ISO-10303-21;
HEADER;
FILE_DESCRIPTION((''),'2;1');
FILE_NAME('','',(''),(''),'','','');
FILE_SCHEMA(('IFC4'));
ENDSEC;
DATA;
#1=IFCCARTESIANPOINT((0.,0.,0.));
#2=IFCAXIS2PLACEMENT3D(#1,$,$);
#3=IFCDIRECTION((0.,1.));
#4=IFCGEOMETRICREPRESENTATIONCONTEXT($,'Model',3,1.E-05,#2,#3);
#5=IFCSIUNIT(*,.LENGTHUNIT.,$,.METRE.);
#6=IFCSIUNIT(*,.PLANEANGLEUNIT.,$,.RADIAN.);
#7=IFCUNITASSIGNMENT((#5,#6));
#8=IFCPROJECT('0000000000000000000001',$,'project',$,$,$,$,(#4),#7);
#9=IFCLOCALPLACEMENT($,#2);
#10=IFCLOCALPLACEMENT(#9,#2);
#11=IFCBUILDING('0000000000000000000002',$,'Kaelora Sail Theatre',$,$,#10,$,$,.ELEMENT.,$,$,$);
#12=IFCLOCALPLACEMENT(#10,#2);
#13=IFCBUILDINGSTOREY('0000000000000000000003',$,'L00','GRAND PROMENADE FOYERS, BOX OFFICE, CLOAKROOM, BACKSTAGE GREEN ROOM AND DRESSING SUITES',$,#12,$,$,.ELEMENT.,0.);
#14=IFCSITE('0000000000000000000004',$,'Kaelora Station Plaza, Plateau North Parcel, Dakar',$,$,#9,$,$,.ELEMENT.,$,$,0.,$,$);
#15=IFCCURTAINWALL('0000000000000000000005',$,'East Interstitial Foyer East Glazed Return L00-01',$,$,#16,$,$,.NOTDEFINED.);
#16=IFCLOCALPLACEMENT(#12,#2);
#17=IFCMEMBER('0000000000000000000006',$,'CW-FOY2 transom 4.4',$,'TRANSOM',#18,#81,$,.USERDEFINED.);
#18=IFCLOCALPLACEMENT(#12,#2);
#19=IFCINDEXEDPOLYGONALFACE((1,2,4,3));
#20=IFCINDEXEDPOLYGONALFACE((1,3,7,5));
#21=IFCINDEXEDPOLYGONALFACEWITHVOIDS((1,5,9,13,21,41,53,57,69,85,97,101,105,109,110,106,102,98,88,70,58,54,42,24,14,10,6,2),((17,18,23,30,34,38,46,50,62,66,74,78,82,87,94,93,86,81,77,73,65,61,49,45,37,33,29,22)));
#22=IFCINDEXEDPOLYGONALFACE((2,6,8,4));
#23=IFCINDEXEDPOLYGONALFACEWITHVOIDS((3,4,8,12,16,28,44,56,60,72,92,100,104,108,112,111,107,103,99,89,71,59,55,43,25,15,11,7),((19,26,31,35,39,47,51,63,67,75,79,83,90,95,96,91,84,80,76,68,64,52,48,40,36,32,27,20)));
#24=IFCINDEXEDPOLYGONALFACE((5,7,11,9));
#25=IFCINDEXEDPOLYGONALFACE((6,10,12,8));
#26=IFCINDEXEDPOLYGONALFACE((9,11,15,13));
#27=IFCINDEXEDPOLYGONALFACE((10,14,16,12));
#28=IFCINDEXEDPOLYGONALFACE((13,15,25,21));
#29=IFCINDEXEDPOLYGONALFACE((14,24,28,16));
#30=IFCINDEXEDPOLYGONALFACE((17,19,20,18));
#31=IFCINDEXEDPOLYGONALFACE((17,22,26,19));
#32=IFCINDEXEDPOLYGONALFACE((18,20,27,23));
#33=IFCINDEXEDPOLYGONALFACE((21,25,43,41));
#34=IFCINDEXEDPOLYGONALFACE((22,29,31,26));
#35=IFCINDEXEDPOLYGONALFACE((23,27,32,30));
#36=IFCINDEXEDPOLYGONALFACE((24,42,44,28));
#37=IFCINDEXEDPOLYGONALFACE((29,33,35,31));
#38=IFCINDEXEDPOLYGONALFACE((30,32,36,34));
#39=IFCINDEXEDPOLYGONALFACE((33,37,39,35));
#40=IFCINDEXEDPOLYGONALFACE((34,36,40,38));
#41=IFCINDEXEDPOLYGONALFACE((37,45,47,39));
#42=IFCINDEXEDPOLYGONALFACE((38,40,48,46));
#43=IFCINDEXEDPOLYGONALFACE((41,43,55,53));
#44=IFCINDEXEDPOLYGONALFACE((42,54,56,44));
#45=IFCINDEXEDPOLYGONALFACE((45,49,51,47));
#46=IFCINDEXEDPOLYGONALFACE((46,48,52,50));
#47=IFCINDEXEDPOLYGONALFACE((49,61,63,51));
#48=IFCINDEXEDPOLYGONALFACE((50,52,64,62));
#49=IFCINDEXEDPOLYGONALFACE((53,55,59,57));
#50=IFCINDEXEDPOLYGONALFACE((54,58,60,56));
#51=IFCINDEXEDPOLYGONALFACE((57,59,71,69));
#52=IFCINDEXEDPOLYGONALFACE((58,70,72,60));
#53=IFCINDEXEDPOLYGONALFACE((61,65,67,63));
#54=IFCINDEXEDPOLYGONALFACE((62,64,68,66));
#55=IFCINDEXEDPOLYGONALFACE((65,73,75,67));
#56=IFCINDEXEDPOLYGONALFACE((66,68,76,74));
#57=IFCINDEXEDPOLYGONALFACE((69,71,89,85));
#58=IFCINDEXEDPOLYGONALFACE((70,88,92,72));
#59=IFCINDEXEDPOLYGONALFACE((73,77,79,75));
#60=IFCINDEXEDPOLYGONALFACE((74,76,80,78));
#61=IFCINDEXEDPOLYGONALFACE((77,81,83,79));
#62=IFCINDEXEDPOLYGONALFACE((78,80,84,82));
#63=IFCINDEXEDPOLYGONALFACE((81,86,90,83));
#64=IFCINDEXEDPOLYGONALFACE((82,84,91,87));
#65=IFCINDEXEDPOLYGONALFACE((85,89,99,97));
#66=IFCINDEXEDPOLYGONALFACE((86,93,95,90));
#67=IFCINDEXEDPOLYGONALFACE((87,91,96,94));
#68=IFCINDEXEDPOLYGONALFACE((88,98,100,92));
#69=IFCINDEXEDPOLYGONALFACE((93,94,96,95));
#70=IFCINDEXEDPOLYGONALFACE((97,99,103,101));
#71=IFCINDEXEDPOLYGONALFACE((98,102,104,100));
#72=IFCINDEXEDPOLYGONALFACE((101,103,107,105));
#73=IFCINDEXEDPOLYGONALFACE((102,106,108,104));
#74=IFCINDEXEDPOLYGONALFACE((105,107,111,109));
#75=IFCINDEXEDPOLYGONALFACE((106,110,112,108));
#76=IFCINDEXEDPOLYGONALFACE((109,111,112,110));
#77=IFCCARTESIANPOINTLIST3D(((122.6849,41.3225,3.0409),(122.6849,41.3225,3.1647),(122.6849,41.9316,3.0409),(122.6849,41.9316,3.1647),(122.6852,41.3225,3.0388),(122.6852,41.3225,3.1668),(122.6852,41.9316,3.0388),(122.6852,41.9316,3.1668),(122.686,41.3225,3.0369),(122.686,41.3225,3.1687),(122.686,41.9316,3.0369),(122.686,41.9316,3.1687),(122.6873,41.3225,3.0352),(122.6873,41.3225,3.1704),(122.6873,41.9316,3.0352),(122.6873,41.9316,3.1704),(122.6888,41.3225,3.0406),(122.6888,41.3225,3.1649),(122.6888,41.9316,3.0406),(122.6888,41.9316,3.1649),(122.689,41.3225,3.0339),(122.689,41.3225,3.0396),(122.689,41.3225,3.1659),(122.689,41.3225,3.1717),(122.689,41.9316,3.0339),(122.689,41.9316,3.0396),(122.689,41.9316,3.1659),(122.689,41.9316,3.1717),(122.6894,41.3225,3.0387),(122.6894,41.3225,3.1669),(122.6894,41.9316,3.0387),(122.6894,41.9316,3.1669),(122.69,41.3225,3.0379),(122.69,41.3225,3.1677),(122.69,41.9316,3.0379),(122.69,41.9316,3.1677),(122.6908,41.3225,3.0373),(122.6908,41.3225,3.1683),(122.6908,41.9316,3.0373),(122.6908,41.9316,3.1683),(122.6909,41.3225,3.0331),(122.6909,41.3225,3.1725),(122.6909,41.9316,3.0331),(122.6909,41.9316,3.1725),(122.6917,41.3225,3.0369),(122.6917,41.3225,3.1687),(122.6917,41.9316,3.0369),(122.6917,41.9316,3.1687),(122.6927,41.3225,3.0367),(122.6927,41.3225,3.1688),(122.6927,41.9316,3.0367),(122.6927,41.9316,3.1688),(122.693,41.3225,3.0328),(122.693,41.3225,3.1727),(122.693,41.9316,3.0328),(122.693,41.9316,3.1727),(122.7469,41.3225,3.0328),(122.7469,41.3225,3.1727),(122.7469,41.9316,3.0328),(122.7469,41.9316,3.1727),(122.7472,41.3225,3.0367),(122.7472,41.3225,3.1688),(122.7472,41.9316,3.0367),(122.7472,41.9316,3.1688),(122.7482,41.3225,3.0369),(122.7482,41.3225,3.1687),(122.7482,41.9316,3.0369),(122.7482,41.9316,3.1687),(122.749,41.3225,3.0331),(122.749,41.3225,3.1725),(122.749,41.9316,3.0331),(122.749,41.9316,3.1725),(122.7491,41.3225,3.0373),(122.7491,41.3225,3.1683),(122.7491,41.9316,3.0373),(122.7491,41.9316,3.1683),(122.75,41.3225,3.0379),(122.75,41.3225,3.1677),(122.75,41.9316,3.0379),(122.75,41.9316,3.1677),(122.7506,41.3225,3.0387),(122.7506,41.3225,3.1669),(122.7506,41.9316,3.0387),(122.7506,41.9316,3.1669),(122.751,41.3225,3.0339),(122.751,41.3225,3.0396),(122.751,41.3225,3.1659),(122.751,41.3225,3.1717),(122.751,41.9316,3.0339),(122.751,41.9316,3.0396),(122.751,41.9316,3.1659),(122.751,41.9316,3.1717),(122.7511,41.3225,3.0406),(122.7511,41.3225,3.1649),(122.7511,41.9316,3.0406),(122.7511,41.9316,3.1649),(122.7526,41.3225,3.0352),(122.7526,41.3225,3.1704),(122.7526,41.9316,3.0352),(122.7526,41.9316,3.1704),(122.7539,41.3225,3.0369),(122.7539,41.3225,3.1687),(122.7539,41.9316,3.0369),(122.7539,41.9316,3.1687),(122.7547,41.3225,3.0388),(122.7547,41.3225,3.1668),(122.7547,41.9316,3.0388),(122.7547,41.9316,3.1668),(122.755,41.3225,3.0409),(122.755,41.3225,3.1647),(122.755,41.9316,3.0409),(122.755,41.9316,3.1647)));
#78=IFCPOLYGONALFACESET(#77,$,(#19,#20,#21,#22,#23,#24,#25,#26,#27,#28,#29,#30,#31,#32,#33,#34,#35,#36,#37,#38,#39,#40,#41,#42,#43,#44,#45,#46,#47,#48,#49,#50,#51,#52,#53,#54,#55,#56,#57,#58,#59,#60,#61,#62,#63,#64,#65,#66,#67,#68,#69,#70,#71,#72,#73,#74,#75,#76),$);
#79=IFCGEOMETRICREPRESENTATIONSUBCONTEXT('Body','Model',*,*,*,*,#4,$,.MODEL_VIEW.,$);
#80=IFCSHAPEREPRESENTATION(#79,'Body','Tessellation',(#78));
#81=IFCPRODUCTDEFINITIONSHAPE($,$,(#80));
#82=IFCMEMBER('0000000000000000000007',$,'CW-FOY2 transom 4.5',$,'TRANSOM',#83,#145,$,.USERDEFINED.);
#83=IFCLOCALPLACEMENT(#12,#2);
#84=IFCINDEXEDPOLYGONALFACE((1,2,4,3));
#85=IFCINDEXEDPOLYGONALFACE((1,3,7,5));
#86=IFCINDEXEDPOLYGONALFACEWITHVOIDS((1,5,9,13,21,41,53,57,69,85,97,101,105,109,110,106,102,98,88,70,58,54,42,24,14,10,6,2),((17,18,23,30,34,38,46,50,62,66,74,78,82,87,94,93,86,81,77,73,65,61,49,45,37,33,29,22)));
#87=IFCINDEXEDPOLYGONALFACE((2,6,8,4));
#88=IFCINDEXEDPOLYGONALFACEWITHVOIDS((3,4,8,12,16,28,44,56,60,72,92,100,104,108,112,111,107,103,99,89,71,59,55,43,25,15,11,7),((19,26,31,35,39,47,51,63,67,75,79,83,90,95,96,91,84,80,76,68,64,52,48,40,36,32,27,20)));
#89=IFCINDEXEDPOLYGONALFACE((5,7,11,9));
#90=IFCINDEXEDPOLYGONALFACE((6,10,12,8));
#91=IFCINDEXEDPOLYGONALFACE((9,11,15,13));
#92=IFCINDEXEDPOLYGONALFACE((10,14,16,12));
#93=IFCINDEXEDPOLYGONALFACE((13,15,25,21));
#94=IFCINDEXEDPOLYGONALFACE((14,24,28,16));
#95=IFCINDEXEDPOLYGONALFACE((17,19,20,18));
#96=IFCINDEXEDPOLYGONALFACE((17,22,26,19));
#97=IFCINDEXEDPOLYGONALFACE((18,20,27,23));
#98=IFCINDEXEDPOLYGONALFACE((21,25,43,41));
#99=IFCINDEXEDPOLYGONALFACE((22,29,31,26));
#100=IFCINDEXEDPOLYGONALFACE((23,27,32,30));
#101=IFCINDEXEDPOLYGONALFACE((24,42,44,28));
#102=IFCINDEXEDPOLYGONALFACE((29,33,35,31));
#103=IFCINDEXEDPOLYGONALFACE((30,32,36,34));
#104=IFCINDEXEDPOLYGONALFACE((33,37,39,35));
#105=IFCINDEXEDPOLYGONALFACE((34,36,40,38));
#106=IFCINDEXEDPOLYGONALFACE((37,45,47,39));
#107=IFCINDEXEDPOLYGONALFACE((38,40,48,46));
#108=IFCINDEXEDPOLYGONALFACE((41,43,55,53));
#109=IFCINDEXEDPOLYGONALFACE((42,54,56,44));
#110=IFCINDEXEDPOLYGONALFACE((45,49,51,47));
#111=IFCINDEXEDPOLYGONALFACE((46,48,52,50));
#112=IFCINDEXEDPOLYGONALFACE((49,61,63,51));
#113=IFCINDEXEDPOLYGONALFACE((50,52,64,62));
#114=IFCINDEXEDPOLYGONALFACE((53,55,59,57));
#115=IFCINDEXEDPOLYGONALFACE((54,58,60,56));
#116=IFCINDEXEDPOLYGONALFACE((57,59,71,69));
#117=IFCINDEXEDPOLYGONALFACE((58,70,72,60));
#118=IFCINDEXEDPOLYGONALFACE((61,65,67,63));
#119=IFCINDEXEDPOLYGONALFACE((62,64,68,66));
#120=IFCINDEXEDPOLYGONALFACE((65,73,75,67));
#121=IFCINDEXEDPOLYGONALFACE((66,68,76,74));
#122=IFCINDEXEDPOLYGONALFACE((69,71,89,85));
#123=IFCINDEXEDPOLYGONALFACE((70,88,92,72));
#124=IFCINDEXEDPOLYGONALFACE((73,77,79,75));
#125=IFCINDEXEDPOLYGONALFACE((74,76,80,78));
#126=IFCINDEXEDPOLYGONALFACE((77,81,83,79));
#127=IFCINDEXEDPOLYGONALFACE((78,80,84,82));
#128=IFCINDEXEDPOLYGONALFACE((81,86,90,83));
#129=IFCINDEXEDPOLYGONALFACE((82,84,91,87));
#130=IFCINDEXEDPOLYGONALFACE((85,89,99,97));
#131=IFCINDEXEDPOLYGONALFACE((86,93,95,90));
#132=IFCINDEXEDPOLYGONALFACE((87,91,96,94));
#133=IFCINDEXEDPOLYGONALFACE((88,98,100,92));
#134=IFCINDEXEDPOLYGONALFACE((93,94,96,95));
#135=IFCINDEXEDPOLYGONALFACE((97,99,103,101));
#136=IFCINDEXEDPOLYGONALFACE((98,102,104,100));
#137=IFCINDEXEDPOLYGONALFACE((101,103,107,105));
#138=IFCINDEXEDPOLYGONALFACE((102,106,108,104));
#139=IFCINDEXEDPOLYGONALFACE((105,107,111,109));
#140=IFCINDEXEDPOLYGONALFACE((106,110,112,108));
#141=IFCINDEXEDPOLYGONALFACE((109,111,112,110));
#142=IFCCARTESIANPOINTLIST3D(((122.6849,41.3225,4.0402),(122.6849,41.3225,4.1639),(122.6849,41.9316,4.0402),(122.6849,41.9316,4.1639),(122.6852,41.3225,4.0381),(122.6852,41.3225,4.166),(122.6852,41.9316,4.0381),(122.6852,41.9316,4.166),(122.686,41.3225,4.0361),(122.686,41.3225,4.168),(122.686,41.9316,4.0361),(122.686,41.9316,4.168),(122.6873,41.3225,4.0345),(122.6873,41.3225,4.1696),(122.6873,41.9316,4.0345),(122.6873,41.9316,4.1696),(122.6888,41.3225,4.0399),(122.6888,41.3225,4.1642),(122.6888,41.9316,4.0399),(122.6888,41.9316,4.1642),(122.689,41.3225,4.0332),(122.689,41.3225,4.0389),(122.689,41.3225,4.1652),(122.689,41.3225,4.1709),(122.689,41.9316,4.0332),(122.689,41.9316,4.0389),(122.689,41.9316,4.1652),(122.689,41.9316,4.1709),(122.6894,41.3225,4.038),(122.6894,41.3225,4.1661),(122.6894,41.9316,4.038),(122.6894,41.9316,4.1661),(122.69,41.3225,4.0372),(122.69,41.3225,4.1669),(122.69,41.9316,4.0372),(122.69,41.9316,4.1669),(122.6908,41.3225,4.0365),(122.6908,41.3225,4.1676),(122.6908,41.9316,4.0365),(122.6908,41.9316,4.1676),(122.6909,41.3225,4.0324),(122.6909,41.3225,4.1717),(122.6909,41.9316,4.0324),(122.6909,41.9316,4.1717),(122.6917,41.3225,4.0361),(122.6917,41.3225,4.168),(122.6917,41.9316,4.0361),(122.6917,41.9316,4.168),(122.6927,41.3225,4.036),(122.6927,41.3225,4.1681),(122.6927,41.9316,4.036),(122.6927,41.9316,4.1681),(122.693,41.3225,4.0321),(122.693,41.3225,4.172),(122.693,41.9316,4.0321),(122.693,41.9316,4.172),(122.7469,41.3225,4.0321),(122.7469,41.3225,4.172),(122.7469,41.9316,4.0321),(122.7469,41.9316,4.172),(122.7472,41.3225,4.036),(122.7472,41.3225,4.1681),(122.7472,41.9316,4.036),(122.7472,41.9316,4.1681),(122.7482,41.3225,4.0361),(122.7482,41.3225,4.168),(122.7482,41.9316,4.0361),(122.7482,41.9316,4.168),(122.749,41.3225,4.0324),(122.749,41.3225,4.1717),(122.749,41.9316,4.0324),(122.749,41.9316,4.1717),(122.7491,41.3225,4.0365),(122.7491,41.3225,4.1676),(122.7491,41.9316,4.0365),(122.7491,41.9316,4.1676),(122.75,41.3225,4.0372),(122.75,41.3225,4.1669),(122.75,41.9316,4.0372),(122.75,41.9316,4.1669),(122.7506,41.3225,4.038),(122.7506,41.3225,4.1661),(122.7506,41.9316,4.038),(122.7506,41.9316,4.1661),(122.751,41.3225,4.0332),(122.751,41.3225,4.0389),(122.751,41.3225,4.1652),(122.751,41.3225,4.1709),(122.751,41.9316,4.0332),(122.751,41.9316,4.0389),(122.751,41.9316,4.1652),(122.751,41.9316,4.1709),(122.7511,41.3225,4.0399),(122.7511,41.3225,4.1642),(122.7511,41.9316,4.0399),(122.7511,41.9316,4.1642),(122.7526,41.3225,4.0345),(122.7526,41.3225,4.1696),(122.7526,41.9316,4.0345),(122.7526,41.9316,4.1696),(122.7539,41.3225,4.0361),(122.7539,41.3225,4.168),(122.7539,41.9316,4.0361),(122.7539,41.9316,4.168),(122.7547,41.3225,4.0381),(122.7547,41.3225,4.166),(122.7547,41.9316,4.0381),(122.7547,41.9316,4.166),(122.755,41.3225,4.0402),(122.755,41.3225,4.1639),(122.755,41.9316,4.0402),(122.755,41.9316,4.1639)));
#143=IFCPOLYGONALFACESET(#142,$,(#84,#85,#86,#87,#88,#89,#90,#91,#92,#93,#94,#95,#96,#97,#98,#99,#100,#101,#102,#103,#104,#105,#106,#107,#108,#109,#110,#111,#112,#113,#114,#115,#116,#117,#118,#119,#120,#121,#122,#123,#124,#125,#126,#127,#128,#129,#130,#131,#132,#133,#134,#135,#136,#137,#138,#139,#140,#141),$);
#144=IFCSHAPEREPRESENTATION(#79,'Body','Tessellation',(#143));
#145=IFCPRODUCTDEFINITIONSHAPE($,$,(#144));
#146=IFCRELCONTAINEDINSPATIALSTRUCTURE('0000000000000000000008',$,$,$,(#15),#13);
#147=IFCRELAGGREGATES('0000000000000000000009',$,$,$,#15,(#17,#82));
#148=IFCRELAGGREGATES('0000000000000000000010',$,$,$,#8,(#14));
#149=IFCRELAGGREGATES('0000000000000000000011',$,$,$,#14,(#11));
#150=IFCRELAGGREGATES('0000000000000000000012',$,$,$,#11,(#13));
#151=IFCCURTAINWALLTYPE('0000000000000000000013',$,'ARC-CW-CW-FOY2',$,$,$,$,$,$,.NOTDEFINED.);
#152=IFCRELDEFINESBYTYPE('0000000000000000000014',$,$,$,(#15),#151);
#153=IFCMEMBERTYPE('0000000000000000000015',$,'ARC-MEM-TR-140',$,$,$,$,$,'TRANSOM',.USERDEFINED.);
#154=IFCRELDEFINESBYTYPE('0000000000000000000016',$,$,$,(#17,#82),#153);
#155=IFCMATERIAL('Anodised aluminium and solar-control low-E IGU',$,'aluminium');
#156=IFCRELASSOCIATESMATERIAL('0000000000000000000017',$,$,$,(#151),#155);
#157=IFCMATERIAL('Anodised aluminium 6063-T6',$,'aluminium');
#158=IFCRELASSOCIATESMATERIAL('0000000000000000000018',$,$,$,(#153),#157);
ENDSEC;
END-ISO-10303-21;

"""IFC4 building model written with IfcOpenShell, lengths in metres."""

from ifc_helpers import new_model, si_unit, direction, frame, origin, origin_2d, place, context, subcontext, project, spatial, hollow_rectangle, extrude, material, material_profile, profile_set, type_object, element, aggregate, save


model = new_model("IFC4")

# Units and contexts
model_context = context("Model", 3, precision=1e-05, world=origin(), true_north=direction((0.0, 1.0)))
body_context = subcontext(model_context, "Body", "Model", "MODEL_VIEW")
ifc_project = project(units=[si_unit("LENGTHUNIT", "METRE"), si_unit("PLANEANGLEUNIT", "RADIAN")], contexts=[model_context])

# Site, building, storey
site_placement = place(None, origin())
site = spatial("IfcSite", under=ifc_project, at=site_placement, Name="Kaelora Station Plaza, Plateau North Parcel, Dakar", CompositionType="ELEMENT", RefElevation=0.0)
building_placement = place(site_placement, origin())
building = spatial("IfcBuilding", under=site, at=building_placement, Name="Kaelora Sail Theatre", CompositionType="ELEMENT")
storey_placement = place(building_placement, origin())
storey = spatial("IfcBuildingStorey", under=building, at=storey_placement, Name="L00", Description="GRAND PROMENADE FOYERS, BOX OFFICE, CLOAKROOM, BACKSTAGE GREEN ROOM AND DRESSING SUITES", CompositionType="ELEMENT", Elevation=0.0)

# Curtain wall
ifc_material_1 = material(Name="Anodised aluminium and solar-control low-E IGU", Category="aluminium")
curtain_wall_type = type_object("IfcCurtainWallType", Name="ARC-CW-CW-FOY2", PredefinedType="NOTDEFINED", material=ifc_material_1)
curtain_wall_placement = place(storey_placement, origin())
curtain_wall = element("IfcCurtainWall", 1, at=curtain_wall_placement, inside=storey, type_object=curtain_wall_type, Name="East Interstitial Foyer East Glazed Return L00-01", PredefinedType="NOTDEFINED")

# Members
ifc_material_2 = material(Name="Anodised aluminium 6063-T6", Category="aluminium")
ifc_material_profile_1 = material_profile(ifc_material_2, hollow_rectangle(XDim=0.0701, YDim=0.1399, WallThickness=0.0039, InnerFilletRadius=0.0039, OuterFilletRadius=0.0081, at=origin_2d()), Name="ALU-TRAN 70x140x4")
ifc_profile_set_1 = profile_set([ifc_material_profile_1], Name="Anodised aluminium 6063-T6")
member_type_1 = type_object("IfcMemberType", Name="ARC-MEM-TR-140", ElementType="TRANSOM", PredefinedType="USERDEFINED", material=ifc_profile_set_1)
member_1_placement = place(storey_placement, frame((122.72, 41.3225, 3.1028), z_axis=(0.0, 1.0, 0.0), x_axis=(-1.0, 0.0, 0.0)))
member_1 = element("IfcMember", 2, at=member_1_placement, type_object=member_type_1, Name="CW-FOY2 transom 4.4", ObjectType="TRANSOM", PredefinedType="USERDEFINED", context=body_context, shape_type="SweptSolid", body=[
    extrude(hollow_rectangle(XDim=0.0701, YDim=0.1399, WallThickness=0.0039, InnerFilletRadius=0.0039, OuterFilletRadius=0.0081, at=origin_2d()), origin(), (0.0, 0.0, 1.0), 0.6091),
])
member_2_placement = place(storey_placement, frame((122.72, 41.3225, 4.1021), z_axis=(0.0, 1.0, 0.0), x_axis=(-1.0, 0.0, 0.0)))
member_2 = element("IfcMember", 3, at=member_2_placement, type_object=member_type_1, Name="CW-FOY2 transom 4.5", ObjectType="TRANSOM", PredefinedType="USERDEFINED", context=body_context, shape_type="SweptSolid", body=[
    extrude(hollow_rectangle(XDim=0.0701, YDim=0.1399, WallThickness=0.0039, InnerFilletRadius=0.0039, OuterFilletRadius=0.0081, at=origin_2d()), origin(), (0.0, 0.0, 1.0), 0.6091),
])

aggregate(curtain_wall, [member_1, member_2])

save(model, "model.ifc")
